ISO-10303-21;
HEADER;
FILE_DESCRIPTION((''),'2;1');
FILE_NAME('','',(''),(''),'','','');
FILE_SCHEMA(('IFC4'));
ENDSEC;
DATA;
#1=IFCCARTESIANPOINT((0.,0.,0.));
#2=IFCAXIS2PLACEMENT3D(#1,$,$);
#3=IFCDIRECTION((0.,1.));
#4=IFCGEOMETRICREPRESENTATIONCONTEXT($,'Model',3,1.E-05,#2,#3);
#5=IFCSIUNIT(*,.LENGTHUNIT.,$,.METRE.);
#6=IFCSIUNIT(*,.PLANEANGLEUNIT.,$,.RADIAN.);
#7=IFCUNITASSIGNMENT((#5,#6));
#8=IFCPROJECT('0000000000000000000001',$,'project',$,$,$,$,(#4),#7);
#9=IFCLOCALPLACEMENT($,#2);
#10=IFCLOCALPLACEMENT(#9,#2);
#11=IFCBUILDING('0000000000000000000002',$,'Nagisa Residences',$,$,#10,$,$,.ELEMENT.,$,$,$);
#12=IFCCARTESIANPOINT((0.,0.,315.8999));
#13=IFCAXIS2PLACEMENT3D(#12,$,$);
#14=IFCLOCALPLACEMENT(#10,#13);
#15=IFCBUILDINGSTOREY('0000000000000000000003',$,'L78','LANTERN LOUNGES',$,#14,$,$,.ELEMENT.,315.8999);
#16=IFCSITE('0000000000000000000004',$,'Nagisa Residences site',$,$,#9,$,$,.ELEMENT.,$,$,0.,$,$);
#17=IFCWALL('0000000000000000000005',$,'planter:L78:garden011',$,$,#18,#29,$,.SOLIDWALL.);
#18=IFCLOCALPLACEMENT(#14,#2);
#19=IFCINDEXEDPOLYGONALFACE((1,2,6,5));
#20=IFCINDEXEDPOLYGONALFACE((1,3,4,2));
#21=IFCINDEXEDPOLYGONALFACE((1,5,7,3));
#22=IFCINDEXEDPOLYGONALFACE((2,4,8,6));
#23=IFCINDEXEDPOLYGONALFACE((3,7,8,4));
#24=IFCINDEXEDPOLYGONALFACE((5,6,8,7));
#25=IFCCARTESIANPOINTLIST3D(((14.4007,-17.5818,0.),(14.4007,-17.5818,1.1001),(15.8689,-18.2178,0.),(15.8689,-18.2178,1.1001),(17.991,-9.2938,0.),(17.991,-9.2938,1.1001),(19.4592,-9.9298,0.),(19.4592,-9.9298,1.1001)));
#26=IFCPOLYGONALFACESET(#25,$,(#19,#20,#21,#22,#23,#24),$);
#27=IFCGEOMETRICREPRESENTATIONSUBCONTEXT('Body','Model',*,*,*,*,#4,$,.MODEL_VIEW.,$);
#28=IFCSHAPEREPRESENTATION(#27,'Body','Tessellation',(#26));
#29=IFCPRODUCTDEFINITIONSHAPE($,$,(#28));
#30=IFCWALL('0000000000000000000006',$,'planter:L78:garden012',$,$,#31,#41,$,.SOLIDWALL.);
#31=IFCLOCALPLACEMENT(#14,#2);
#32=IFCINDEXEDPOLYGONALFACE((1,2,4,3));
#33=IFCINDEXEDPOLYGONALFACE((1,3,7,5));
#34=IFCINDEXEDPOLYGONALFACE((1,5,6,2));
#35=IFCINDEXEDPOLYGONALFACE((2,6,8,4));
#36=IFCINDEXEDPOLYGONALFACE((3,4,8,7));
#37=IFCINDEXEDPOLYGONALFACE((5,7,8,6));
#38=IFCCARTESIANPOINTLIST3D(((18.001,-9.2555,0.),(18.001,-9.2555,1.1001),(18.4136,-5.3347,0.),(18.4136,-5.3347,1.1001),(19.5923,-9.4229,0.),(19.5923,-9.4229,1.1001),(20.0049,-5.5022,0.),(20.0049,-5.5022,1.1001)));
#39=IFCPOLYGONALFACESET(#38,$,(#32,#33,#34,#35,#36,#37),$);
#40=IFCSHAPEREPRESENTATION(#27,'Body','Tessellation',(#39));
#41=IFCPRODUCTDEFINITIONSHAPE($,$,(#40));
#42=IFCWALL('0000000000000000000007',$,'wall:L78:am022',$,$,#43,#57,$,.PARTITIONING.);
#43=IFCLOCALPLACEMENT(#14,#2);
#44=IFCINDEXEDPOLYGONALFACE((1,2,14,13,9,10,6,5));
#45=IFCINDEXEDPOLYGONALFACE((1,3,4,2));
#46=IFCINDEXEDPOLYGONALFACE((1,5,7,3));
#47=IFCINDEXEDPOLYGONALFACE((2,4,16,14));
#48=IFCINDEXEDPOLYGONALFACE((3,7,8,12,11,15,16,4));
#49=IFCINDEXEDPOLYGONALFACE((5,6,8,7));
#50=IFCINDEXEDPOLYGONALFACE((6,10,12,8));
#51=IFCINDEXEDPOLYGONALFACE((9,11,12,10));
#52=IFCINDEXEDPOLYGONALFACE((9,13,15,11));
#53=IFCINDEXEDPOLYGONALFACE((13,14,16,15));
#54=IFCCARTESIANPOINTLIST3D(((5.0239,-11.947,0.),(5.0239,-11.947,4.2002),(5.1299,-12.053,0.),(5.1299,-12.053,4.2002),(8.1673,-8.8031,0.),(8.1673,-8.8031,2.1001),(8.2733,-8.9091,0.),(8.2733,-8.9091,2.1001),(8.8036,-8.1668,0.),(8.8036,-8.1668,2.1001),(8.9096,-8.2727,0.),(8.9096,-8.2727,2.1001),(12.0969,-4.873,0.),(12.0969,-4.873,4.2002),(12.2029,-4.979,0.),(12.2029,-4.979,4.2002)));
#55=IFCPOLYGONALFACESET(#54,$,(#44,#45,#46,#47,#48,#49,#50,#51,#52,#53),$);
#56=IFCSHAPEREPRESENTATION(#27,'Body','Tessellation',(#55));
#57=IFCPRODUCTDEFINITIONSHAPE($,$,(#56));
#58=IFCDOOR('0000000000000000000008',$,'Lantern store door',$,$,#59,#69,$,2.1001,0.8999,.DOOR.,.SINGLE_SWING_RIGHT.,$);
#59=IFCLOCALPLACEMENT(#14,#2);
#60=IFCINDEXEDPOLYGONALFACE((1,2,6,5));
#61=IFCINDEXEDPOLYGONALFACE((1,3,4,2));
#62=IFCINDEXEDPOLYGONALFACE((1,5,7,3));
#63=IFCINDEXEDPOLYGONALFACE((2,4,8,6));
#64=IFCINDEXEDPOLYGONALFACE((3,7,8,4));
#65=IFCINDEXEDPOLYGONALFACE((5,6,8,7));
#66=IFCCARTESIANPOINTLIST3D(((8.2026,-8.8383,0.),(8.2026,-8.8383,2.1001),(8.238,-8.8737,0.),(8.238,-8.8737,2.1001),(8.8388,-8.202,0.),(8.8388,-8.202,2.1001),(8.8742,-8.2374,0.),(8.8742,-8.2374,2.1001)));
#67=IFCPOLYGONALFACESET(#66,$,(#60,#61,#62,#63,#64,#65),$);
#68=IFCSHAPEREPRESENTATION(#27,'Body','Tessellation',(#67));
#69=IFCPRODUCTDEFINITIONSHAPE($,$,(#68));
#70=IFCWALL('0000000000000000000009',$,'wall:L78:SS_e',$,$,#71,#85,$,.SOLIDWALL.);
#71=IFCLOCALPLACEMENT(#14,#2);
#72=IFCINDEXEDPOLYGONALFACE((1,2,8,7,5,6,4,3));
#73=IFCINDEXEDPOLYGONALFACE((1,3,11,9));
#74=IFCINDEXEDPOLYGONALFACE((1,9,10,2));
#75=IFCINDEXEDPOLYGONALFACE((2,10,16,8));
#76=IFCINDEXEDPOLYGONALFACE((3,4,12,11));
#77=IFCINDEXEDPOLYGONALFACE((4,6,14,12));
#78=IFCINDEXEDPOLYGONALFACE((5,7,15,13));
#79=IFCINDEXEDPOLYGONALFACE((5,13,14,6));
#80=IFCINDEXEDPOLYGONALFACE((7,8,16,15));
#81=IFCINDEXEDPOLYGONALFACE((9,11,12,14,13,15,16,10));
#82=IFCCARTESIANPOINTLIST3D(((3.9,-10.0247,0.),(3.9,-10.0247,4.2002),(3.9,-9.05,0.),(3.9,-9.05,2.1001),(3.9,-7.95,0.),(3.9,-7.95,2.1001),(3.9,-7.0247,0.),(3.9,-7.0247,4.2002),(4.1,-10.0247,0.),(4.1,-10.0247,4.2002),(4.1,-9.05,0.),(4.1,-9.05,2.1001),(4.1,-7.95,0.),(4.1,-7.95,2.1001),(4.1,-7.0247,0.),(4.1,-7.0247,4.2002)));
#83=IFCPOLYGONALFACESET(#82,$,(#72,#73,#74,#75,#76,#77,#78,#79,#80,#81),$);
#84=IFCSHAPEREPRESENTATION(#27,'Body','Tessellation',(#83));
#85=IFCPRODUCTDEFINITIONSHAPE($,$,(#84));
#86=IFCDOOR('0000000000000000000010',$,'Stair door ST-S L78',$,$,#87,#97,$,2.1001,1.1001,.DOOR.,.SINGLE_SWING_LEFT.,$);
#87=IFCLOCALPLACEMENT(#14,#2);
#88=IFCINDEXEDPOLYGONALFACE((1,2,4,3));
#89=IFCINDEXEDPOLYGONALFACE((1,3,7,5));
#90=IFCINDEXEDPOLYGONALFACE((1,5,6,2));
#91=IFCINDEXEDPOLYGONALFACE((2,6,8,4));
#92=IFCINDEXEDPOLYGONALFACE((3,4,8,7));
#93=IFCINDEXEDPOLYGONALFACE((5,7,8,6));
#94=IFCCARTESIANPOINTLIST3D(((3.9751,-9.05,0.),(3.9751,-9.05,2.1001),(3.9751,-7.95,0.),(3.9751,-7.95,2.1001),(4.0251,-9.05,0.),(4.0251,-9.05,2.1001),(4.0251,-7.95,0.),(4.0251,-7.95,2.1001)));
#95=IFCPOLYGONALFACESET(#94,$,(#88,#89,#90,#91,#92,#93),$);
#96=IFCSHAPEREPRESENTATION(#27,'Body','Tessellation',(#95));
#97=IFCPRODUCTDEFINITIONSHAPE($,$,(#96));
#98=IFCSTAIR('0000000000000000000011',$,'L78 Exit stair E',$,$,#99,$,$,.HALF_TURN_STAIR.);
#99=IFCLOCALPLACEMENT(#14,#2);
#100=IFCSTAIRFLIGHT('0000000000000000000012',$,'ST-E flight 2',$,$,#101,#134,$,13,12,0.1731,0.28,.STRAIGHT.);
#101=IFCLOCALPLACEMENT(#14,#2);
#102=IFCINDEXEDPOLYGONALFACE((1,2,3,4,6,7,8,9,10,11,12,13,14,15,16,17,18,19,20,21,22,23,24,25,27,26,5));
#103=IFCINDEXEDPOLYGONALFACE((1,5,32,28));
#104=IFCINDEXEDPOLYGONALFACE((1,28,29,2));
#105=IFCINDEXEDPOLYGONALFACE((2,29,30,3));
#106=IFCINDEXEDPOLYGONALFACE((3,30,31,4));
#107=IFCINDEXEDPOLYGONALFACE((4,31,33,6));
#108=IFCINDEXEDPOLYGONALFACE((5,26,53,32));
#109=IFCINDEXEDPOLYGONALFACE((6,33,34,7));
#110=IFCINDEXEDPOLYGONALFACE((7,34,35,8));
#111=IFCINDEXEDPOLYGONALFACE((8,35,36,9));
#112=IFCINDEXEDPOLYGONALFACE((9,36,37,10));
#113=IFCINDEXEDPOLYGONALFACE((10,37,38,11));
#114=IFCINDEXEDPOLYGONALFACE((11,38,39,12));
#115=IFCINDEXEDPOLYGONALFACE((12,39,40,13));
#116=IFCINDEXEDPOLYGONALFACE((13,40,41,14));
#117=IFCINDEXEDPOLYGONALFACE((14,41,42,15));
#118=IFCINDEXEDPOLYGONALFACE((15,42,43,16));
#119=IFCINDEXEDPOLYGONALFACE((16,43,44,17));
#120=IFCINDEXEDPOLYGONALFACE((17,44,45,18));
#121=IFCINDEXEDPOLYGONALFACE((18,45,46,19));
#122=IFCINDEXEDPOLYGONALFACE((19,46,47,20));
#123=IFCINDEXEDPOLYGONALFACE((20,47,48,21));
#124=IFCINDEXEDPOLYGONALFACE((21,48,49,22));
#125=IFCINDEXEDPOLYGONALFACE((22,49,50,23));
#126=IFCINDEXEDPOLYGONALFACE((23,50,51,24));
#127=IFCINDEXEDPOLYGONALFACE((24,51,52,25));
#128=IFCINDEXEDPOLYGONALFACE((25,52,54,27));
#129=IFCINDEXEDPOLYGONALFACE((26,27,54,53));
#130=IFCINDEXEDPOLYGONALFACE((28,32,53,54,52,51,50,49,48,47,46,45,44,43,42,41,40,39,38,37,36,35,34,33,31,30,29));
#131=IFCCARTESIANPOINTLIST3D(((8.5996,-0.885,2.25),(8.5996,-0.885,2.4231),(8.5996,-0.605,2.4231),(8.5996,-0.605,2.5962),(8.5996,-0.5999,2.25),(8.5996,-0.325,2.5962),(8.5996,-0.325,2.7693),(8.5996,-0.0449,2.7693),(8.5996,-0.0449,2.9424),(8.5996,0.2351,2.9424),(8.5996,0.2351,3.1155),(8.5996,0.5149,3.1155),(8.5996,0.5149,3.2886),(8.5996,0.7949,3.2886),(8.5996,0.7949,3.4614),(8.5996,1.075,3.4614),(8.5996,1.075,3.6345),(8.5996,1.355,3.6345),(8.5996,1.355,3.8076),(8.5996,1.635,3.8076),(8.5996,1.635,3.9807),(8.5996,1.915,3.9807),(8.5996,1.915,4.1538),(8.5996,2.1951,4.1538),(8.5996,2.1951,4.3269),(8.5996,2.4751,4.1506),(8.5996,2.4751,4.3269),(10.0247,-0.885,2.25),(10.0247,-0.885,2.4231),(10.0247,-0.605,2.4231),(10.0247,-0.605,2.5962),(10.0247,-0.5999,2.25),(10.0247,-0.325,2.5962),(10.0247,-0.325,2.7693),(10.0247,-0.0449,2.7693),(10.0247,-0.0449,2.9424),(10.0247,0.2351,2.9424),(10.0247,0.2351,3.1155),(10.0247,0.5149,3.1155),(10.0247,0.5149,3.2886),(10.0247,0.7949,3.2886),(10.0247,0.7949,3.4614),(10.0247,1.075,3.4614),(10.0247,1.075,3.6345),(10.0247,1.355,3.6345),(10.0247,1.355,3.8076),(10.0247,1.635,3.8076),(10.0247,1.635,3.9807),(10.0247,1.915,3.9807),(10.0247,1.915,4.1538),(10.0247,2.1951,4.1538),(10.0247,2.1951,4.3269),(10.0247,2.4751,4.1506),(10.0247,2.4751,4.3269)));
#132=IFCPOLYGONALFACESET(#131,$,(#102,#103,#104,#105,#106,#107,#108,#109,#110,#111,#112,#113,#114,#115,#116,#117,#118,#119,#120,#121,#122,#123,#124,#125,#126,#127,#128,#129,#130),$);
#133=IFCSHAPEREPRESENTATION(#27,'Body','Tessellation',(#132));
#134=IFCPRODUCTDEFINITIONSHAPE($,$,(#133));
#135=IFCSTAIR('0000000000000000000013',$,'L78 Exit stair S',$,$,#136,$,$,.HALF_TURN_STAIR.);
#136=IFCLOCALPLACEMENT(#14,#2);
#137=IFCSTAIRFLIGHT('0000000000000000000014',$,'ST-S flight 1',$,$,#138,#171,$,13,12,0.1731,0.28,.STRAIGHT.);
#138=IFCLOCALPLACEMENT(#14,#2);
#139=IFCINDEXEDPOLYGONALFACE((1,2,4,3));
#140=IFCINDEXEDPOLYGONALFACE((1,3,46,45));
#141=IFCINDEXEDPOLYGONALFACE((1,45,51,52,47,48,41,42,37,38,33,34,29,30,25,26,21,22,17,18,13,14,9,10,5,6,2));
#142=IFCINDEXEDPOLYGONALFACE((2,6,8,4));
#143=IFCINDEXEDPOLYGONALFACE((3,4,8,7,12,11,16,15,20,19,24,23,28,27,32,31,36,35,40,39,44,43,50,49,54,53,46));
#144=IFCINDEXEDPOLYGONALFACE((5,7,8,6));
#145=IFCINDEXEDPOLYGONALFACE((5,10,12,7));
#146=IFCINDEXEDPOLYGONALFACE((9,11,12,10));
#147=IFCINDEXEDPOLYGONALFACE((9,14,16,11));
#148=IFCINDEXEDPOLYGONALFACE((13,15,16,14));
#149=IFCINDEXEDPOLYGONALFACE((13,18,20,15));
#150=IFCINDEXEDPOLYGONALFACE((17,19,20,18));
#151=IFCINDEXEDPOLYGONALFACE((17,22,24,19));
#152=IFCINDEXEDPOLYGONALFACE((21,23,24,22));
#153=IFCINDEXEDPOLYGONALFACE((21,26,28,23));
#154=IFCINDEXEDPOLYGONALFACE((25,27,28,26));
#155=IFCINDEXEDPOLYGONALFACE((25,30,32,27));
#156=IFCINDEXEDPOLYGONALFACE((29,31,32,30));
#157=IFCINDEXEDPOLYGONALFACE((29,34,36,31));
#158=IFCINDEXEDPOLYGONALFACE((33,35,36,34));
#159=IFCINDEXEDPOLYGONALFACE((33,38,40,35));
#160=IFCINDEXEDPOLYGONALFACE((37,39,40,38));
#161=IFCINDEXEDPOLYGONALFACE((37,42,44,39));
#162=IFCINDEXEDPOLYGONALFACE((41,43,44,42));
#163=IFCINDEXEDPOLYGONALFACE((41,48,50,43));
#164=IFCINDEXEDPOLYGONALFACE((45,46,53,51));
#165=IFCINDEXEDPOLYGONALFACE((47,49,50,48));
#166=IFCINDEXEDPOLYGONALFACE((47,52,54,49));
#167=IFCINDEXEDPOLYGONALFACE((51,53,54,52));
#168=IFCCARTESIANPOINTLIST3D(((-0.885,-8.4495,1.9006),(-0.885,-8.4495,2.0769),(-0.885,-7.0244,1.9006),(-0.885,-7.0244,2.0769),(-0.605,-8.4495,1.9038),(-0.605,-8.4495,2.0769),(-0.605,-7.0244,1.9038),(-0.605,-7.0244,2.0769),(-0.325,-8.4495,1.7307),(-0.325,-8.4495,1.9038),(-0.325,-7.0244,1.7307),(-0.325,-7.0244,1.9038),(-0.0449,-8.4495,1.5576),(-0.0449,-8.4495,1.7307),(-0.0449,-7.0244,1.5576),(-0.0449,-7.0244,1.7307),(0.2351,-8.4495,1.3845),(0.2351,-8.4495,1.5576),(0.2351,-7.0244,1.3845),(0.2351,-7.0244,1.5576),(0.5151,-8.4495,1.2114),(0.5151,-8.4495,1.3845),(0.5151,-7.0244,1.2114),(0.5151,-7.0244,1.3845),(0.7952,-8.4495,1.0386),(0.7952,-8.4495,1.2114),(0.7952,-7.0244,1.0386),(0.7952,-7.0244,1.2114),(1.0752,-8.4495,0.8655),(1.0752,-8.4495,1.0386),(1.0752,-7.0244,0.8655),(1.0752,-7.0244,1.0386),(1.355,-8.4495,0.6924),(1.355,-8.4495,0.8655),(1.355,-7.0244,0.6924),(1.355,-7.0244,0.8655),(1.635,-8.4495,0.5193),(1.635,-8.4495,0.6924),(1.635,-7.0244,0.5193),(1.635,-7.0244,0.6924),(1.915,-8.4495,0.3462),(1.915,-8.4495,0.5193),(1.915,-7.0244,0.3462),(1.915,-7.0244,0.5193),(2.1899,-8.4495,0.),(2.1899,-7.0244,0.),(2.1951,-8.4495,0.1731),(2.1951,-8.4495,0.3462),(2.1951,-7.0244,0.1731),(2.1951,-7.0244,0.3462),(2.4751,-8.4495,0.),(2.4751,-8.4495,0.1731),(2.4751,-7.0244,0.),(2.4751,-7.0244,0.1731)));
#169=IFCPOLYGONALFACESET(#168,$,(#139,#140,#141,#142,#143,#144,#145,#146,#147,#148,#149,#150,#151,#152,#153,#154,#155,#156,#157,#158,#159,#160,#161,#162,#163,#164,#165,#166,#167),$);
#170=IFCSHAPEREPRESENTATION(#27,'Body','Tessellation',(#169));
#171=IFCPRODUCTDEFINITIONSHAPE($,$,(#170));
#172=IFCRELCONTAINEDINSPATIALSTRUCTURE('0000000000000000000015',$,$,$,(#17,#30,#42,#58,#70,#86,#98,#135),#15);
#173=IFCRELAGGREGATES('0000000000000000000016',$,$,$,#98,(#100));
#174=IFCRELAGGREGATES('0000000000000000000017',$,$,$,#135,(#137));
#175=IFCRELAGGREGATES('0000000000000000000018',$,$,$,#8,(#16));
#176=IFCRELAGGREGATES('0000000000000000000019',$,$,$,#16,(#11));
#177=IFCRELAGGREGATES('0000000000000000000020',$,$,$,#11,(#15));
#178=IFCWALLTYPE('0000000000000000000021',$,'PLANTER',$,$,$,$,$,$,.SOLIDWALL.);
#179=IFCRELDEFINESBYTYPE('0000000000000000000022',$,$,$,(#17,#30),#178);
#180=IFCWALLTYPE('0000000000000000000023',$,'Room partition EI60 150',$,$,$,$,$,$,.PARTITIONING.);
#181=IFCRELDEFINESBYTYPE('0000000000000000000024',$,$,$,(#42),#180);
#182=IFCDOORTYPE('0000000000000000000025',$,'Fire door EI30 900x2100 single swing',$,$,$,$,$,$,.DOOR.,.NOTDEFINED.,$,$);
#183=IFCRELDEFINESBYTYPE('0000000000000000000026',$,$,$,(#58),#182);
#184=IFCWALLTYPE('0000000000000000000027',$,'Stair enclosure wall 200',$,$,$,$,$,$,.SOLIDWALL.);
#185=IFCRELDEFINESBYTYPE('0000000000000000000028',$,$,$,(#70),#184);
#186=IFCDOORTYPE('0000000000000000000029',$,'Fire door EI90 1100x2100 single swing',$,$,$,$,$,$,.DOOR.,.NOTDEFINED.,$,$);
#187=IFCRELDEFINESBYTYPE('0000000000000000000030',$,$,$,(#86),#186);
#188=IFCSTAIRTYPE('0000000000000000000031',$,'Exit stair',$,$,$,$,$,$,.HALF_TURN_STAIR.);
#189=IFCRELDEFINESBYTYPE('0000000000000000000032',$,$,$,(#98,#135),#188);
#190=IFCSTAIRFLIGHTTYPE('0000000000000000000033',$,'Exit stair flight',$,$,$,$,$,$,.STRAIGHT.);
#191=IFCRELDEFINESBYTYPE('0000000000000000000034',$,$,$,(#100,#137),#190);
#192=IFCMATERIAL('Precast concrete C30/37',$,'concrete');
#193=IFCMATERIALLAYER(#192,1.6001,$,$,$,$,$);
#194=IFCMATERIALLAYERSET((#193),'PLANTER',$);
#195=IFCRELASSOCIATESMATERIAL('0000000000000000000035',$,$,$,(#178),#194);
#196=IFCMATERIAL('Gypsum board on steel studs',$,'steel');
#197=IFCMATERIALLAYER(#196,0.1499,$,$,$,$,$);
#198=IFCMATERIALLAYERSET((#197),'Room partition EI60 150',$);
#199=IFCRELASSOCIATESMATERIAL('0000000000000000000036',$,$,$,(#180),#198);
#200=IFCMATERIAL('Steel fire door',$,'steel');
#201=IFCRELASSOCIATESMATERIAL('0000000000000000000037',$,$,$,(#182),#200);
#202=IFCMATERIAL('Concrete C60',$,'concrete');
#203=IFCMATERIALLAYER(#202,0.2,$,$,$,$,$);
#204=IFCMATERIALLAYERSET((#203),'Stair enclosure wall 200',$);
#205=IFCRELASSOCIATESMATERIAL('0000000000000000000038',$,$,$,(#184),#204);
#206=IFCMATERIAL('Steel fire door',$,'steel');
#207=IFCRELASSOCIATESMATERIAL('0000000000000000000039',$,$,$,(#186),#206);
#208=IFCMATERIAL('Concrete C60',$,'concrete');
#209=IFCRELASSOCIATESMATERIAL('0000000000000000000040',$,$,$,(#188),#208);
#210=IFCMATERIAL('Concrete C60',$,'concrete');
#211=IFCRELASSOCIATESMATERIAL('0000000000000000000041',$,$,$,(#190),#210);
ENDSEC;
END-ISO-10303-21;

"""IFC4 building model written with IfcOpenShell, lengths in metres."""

from ifc_helpers import new_model, si_unit, direction, frame, frame_2d, origin, place, context, subcontext, project, spatial, polyline, rectangle, outline, extrude, material, layer, layer_set, type_object, element, fill, aggregate, save


model = new_model("IFC4")

# Units and contexts
model_context = context("Model", 3, precision=1e-05, world=origin(), true_north=direction((0.0, 1.0)))
body_context = subcontext(model_context, "Body", "Model", "MODEL_VIEW")
ifc_project = project(units=[si_unit("LENGTHUNIT", "METRE"), si_unit("PLANEANGLEUNIT", "RADIAN")], contexts=[model_context])

# Site, building, storey
site_placement = place(None, origin())
site = spatial("IfcSite", under=ifc_project, at=site_placement, Name="Nagisa Residences site", CompositionType="ELEMENT", RefElevation=0.0)
building_placement = place(site_placement, origin())
building = spatial("IfcBuilding", under=site, at=building_placement, Name="Nagisa Residences", CompositionType="ELEMENT")
storey_placement = place(building_placement, frame((0.0, 0.0, 315.8999)))
storey = spatial("IfcBuildingStorey", under=building, at=storey_placement, Name="L78", Description="LANTERN LOUNGES", CompositionType="ELEMENT", Elevation=315.8999)

# Walls
ifc_material_1 = material(Name="Precast concrete C30/37", Category="concrete")
ifc_layer_1 = layer(ifc_material_1, 1.6001)
ifc_layer_set_1 = layer_set([ifc_layer_1], Name="PLANTER")
wall_type_1 = type_object("IfcWallType", Name="PLANTER", PredefinedType="SOLIDWALL", material=ifc_layer_set_1)
wall_1_placement = place(storey_placement, frame((18.7251, -9.6118, 0.0), z_axis=(0.0, 0.0, 1.0), x_axis=(-0.397498, -0.917603, 0.0)))
element("IfcWall", 1, at=wall_1_placement, inside=storey, type_object=wall_type_1, Name="planter:L78:garden011", PredefinedType="SOLIDWALL", context=body_context, shape_type="SweptSolid", body=[
    extrude(rectangle(XDim=9.0322, YDim=1.6001, at=frame_2d((4.5161, 0.0))), origin(), (0.0, 0.0, 1.0), 1.1001),
])
wall_2_placement = place(storey_placement, frame((19.2092, -5.4185, 0.0), z_axis=(0.0, 0.0, 1.0), x_axis=(-0.104659, -0.994508, 0.0)))
element("IfcWall", 2, at=wall_2_placement, inside=storey, type_object=wall_type_1, Name="planter:L78:garden012", PredefinedType="SOLIDWALL", context=body_context, shape_type="SweptSolid", body=[
    extrude(rectangle(XDim=3.9424, YDim=1.6001, at=frame_2d((1.9712, 0.0))), origin(), (0.0, 0.0, 1.0), 1.1001),
])

# Walls, openings, doors
ifc_material_2 = material(Name="Gypsum board on steel studs", Category="steel")
ifc_layer_2 = layer(ifc_material_2, 0.1499)
ifc_layer_set_2 = layer_set([ifc_layer_2], Name="Room partition EI60 150")
wall_type_2 = type_object("IfcWallType", Name="Room partition EI60 150", PredefinedType="PARTITIONING", material=ifc_layer_set_2)
wall_3_placement = place(storey_placement, frame((12.1499, -4.926, 0.0), z_axis=(0.0, 0.0, 1.0), x_axis=(-0.707058, -0.707156, 0.0)))
wall_3 = element("IfcWall", 3, at=wall_3_placement, inside=storey, type_object=wall_type_2, Name="wall:L78:am022", PredefinedType="PARTITIONING", context=body_context, shape_type="SweptSolid", body=[
    extrude(rectangle(XDim=10.0034, YDim=0.1499, at=frame_2d((5.0017, 0.0))), origin(), (0.0, 0.0, 1.0), 4.2002),
])
opening_1_placement = place(wall_3_placement, frame((4.6577, 0.0, 0.0)))
opening_1 = element("IfcOpeningElement", 4, at=opening_1_placement, cuts=wall_3, PredefinedType="OPENING", context=body_context, shape_type="SweptSolid", body=[
    extrude(rectangle(XDim=0.8999, YDim=2.1001, at=frame_2d((0.45, 1.05))), frame((0.0, 0.085, 0.0), z_axis=(0.0, -1.0, 0.0), x_axis=(1.0, 0.0, 0.0)), (0.0, 0.0, 1.0), 0.1699),
])
ifc_material_3 = material(Name="Steel fire door", Category="steel")
door_type_1 = type_object("IfcDoorType", Name="Fire door EI30 900x2100 single swing", OperationType="NOTDEFINED", PredefinedType="DOOR", material=ifc_material_3)
door_1_placement = place(opening_1_placement, origin())
door_1 = element("IfcDoor", 5, at=door_1_placement, inside=storey, type_object=door_type_1, Name="Lantern store door", OperationType="SINGLE_SWING_RIGHT", OverallHeight=2.1001, OverallWidth=0.8999, PredefinedType="DOOR", context=body_context, shape_type="SweptSolid", body=[
    extrude(rectangle(XDim=0.8999, YDim=2.1001, at=frame_2d((0.45, 1.05))), frame((0.0, 0.0249, 0.0), z_axis=(0.0, -1.0, 0.0), x_axis=(1.0, 0.0, 0.0)), (0.0, 0.0, 1.0), 0.05),
])
fill(opening_1, door_1)
ifc_material_4 = material(Name="Concrete C60", Category="concrete")
ifc_layer_3 = layer(ifc_material_4, 0.2)
ifc_layer_set_3 = layer_set([ifc_layer_3], Name="Stair enclosure wall 200")
wall_type_3 = type_object("IfcWallType", Name="Stair enclosure wall 200", PredefinedType="SOLIDWALL", material=ifc_layer_set_3)
wall_4_placement = place(storey_placement, frame((4.0, -10.0247, 0.0), z_axis=(0.0, 0.0, 1.0), x_axis=(0.0, 1.0, 0.0)))
wall_4 = element("IfcWall", 6, at=wall_4_placement, inside=storey, type_object=wall_type_3, Name="wall:L78:SS_e", PredefinedType="SOLIDWALL", context=body_context, shape_type="SweptSolid", body=[
    extrude(rectangle(XDim=3.0, YDim=0.2, at=frame_2d((1.5, 0.0))), origin(), (0.0, 0.0, 1.0), 4.2002),
])
opening_2_placement = place(wall_4_placement, frame((0.9746, 0.0, 0.0)))
opening_2 = element("IfcOpeningElement", 7, at=opening_2_placement, cuts=wall_4, PredefinedType="OPENING", context=body_context, shape_type="SweptSolid", body=[
    extrude(rectangle(XDim=1.1001, YDim=2.1001, at=frame_2d((0.55, 1.05))), frame((0.0, 0.1099, 0.0), z_axis=(0.0, -1.0, 0.0), x_axis=(1.0, 0.0, 0.0)), (0.0, 0.0, 1.0), 0.22),
])
ifc_material_5 = material(Name="Steel fire door", Category="steel")
door_type_2 = type_object("IfcDoorType", Name="Fire door EI90 1100x2100 single swing", OperationType="NOTDEFINED", PredefinedType="DOOR", material=ifc_material_5)
door_2_placement = place(opening_2_placement, origin())
door_2 = element("IfcDoor", 8, at=door_2_placement, inside=storey, type_object=door_type_2, Name="Stair door ST-S L78", OperationType="SINGLE_SWING_LEFT", OverallHeight=2.1001, OverallWidth=1.1001, PredefinedType="DOOR", context=body_context, shape_type="SweptSolid", body=[
    extrude(rectangle(XDim=1.1001, YDim=2.1001, at=frame_2d((0.55, 1.05))), frame((0.0, 0.0249, 0.0), z_axis=(0.0, -1.0, 0.0), x_axis=(1.0, 0.0, 0.0)), (0.0, 0.0, 1.0), 0.05),
])
fill(opening_2, door_2)

# Stairs, stair flights
ifc_material_6 = material(Name="Concrete C60", Category="concrete")
stair_type = type_object("IfcStairType", Name="Exit stair", PredefinedType="HALF_TURN_STAIR", material=ifc_material_6)
stair_1_placement = place(storey_placement, origin())
stair_1 = element("IfcStair", 9, at=stair_1_placement, inside=storey, type_object=stair_type, Name="L78 Exit stair E", PredefinedType="HALF_TURN_STAIR")
ifc_material_7 = material(Name="Concrete C60", Category="concrete")
stair_flight_type = type_object("IfcStairFlightType", Name="Exit stair flight", PredefinedType="STRAIGHT", material=ifc_material_7)
stair_flight_1_placement = place(storey_placement, frame((9.312, -0.885, 2.25), z_axis=(0.0, 0.0, 1.0), x_axis=(0.0, 1.0, 0.0)))
stair_flight_1 = element("IfcStairFlight", 10, at=stair_flight_1_placement, type_object=stair_flight_type, Name="ST-E flight 2", NumberOfRisers=13, NumberOfTreads=12, PredefinedType="STRAIGHT", RiserHeight=0.1731, TreadLength=0.28, context=body_context, shape_type="SweptSolid", body=[
    extrude(outline(polyline([(0.0, 0.0), (0.0, 0.1731), (0.28, 0.1731), (0.28, 0.3462), (0.5601, 0.3462), (0.5601, 0.5193), (0.8401, 0.5193), (0.8401, 0.6924), (1.1201, 0.6924), (1.1201, 0.8655), (1.3999, 0.8655), (1.3999, 1.0386), (1.6799, 1.0386), (1.6799, 1.2114), (1.96, 1.2114), (1.96, 1.3845), (2.24, 1.3845), (2.24, 1.5576), (2.52, 1.5576), (2.52, 1.7307), (2.8, 1.7307), (2.8, 1.9038), (3.0801, 1.9038), (3.0801, 2.0769), (3.3601, 2.0769), (3.3601, 2.25), (3.3601, 1.9006), (0.2852, 0.0), (0.0, 0.0)])), frame((0.0, 0.7124, 0.0), z_axis=(0.0, -1.0, 0.0), x_axis=(1.0, 0.0, 0.0)), (0.0, 0.0, 1.0), 1.425),
])
aggregate(stair_1, [stair_flight_1])
stair_2_placement = place(storey_placement, origin())
stair_2 = element("IfcStair", 11, at=stair_2_placement, inside=storey, type_object=stair_type, Name="L78 Exit stair S", PredefinedType="HALF_TURN_STAIR")
stair_flight_2_placement = place(storey_placement, frame((2.4751, -7.7371, 0.0), z_axis=(0.0, 0.0, 1.0), x_axis=(-1.0, 0.0, 0.0)))
stair_flight_2 = element("IfcStairFlight", 12, at=stair_flight_2_placement, type_object=stair_flight_type, Name="ST-S flight 1", NumberOfRisers=13, NumberOfTreads=12, PredefinedType="STRAIGHT", RiserHeight=0.1731, TreadLength=0.28, context=body_context, shape_type="SweptSolid", body=[
    extrude(outline(polyline([(0.0, 0.0), (0.0, 0.1731), (0.28, 0.1731), (0.28, 0.3462), (0.5601, 0.3462), (0.5601, 0.5193), (0.8401, 0.5193), (0.8401, 0.6924), (1.1201, 0.6924), (1.1201, 0.8655), (1.3999, 0.8655), (1.3999, 1.0386), (1.6799, 1.0386), (1.6799, 1.2114), (1.96, 1.2114), (1.96, 1.3845), (2.24, 1.3845), (2.24, 1.5576), (2.52, 1.5576), (2.52, 1.7307), (2.8, 1.7307), (2.8, 1.9038), (3.0801, 1.9038), (3.0801, 2.0769), (3.3601, 2.0769), (3.3601, 2.25), (3.3601, 1.9006), (0.2852, 0.0), (0.0, 0.0)])), frame((0.0, 0.7124, 0.0), z_axis=(0.0, -1.0, 0.0), x_axis=(1.0, 0.0, 0.0)), (0.0, 0.0, 1.0), 1.425),
])
aggregate(stair_2, [stair_flight_2])

save(model, "model.ifc")
